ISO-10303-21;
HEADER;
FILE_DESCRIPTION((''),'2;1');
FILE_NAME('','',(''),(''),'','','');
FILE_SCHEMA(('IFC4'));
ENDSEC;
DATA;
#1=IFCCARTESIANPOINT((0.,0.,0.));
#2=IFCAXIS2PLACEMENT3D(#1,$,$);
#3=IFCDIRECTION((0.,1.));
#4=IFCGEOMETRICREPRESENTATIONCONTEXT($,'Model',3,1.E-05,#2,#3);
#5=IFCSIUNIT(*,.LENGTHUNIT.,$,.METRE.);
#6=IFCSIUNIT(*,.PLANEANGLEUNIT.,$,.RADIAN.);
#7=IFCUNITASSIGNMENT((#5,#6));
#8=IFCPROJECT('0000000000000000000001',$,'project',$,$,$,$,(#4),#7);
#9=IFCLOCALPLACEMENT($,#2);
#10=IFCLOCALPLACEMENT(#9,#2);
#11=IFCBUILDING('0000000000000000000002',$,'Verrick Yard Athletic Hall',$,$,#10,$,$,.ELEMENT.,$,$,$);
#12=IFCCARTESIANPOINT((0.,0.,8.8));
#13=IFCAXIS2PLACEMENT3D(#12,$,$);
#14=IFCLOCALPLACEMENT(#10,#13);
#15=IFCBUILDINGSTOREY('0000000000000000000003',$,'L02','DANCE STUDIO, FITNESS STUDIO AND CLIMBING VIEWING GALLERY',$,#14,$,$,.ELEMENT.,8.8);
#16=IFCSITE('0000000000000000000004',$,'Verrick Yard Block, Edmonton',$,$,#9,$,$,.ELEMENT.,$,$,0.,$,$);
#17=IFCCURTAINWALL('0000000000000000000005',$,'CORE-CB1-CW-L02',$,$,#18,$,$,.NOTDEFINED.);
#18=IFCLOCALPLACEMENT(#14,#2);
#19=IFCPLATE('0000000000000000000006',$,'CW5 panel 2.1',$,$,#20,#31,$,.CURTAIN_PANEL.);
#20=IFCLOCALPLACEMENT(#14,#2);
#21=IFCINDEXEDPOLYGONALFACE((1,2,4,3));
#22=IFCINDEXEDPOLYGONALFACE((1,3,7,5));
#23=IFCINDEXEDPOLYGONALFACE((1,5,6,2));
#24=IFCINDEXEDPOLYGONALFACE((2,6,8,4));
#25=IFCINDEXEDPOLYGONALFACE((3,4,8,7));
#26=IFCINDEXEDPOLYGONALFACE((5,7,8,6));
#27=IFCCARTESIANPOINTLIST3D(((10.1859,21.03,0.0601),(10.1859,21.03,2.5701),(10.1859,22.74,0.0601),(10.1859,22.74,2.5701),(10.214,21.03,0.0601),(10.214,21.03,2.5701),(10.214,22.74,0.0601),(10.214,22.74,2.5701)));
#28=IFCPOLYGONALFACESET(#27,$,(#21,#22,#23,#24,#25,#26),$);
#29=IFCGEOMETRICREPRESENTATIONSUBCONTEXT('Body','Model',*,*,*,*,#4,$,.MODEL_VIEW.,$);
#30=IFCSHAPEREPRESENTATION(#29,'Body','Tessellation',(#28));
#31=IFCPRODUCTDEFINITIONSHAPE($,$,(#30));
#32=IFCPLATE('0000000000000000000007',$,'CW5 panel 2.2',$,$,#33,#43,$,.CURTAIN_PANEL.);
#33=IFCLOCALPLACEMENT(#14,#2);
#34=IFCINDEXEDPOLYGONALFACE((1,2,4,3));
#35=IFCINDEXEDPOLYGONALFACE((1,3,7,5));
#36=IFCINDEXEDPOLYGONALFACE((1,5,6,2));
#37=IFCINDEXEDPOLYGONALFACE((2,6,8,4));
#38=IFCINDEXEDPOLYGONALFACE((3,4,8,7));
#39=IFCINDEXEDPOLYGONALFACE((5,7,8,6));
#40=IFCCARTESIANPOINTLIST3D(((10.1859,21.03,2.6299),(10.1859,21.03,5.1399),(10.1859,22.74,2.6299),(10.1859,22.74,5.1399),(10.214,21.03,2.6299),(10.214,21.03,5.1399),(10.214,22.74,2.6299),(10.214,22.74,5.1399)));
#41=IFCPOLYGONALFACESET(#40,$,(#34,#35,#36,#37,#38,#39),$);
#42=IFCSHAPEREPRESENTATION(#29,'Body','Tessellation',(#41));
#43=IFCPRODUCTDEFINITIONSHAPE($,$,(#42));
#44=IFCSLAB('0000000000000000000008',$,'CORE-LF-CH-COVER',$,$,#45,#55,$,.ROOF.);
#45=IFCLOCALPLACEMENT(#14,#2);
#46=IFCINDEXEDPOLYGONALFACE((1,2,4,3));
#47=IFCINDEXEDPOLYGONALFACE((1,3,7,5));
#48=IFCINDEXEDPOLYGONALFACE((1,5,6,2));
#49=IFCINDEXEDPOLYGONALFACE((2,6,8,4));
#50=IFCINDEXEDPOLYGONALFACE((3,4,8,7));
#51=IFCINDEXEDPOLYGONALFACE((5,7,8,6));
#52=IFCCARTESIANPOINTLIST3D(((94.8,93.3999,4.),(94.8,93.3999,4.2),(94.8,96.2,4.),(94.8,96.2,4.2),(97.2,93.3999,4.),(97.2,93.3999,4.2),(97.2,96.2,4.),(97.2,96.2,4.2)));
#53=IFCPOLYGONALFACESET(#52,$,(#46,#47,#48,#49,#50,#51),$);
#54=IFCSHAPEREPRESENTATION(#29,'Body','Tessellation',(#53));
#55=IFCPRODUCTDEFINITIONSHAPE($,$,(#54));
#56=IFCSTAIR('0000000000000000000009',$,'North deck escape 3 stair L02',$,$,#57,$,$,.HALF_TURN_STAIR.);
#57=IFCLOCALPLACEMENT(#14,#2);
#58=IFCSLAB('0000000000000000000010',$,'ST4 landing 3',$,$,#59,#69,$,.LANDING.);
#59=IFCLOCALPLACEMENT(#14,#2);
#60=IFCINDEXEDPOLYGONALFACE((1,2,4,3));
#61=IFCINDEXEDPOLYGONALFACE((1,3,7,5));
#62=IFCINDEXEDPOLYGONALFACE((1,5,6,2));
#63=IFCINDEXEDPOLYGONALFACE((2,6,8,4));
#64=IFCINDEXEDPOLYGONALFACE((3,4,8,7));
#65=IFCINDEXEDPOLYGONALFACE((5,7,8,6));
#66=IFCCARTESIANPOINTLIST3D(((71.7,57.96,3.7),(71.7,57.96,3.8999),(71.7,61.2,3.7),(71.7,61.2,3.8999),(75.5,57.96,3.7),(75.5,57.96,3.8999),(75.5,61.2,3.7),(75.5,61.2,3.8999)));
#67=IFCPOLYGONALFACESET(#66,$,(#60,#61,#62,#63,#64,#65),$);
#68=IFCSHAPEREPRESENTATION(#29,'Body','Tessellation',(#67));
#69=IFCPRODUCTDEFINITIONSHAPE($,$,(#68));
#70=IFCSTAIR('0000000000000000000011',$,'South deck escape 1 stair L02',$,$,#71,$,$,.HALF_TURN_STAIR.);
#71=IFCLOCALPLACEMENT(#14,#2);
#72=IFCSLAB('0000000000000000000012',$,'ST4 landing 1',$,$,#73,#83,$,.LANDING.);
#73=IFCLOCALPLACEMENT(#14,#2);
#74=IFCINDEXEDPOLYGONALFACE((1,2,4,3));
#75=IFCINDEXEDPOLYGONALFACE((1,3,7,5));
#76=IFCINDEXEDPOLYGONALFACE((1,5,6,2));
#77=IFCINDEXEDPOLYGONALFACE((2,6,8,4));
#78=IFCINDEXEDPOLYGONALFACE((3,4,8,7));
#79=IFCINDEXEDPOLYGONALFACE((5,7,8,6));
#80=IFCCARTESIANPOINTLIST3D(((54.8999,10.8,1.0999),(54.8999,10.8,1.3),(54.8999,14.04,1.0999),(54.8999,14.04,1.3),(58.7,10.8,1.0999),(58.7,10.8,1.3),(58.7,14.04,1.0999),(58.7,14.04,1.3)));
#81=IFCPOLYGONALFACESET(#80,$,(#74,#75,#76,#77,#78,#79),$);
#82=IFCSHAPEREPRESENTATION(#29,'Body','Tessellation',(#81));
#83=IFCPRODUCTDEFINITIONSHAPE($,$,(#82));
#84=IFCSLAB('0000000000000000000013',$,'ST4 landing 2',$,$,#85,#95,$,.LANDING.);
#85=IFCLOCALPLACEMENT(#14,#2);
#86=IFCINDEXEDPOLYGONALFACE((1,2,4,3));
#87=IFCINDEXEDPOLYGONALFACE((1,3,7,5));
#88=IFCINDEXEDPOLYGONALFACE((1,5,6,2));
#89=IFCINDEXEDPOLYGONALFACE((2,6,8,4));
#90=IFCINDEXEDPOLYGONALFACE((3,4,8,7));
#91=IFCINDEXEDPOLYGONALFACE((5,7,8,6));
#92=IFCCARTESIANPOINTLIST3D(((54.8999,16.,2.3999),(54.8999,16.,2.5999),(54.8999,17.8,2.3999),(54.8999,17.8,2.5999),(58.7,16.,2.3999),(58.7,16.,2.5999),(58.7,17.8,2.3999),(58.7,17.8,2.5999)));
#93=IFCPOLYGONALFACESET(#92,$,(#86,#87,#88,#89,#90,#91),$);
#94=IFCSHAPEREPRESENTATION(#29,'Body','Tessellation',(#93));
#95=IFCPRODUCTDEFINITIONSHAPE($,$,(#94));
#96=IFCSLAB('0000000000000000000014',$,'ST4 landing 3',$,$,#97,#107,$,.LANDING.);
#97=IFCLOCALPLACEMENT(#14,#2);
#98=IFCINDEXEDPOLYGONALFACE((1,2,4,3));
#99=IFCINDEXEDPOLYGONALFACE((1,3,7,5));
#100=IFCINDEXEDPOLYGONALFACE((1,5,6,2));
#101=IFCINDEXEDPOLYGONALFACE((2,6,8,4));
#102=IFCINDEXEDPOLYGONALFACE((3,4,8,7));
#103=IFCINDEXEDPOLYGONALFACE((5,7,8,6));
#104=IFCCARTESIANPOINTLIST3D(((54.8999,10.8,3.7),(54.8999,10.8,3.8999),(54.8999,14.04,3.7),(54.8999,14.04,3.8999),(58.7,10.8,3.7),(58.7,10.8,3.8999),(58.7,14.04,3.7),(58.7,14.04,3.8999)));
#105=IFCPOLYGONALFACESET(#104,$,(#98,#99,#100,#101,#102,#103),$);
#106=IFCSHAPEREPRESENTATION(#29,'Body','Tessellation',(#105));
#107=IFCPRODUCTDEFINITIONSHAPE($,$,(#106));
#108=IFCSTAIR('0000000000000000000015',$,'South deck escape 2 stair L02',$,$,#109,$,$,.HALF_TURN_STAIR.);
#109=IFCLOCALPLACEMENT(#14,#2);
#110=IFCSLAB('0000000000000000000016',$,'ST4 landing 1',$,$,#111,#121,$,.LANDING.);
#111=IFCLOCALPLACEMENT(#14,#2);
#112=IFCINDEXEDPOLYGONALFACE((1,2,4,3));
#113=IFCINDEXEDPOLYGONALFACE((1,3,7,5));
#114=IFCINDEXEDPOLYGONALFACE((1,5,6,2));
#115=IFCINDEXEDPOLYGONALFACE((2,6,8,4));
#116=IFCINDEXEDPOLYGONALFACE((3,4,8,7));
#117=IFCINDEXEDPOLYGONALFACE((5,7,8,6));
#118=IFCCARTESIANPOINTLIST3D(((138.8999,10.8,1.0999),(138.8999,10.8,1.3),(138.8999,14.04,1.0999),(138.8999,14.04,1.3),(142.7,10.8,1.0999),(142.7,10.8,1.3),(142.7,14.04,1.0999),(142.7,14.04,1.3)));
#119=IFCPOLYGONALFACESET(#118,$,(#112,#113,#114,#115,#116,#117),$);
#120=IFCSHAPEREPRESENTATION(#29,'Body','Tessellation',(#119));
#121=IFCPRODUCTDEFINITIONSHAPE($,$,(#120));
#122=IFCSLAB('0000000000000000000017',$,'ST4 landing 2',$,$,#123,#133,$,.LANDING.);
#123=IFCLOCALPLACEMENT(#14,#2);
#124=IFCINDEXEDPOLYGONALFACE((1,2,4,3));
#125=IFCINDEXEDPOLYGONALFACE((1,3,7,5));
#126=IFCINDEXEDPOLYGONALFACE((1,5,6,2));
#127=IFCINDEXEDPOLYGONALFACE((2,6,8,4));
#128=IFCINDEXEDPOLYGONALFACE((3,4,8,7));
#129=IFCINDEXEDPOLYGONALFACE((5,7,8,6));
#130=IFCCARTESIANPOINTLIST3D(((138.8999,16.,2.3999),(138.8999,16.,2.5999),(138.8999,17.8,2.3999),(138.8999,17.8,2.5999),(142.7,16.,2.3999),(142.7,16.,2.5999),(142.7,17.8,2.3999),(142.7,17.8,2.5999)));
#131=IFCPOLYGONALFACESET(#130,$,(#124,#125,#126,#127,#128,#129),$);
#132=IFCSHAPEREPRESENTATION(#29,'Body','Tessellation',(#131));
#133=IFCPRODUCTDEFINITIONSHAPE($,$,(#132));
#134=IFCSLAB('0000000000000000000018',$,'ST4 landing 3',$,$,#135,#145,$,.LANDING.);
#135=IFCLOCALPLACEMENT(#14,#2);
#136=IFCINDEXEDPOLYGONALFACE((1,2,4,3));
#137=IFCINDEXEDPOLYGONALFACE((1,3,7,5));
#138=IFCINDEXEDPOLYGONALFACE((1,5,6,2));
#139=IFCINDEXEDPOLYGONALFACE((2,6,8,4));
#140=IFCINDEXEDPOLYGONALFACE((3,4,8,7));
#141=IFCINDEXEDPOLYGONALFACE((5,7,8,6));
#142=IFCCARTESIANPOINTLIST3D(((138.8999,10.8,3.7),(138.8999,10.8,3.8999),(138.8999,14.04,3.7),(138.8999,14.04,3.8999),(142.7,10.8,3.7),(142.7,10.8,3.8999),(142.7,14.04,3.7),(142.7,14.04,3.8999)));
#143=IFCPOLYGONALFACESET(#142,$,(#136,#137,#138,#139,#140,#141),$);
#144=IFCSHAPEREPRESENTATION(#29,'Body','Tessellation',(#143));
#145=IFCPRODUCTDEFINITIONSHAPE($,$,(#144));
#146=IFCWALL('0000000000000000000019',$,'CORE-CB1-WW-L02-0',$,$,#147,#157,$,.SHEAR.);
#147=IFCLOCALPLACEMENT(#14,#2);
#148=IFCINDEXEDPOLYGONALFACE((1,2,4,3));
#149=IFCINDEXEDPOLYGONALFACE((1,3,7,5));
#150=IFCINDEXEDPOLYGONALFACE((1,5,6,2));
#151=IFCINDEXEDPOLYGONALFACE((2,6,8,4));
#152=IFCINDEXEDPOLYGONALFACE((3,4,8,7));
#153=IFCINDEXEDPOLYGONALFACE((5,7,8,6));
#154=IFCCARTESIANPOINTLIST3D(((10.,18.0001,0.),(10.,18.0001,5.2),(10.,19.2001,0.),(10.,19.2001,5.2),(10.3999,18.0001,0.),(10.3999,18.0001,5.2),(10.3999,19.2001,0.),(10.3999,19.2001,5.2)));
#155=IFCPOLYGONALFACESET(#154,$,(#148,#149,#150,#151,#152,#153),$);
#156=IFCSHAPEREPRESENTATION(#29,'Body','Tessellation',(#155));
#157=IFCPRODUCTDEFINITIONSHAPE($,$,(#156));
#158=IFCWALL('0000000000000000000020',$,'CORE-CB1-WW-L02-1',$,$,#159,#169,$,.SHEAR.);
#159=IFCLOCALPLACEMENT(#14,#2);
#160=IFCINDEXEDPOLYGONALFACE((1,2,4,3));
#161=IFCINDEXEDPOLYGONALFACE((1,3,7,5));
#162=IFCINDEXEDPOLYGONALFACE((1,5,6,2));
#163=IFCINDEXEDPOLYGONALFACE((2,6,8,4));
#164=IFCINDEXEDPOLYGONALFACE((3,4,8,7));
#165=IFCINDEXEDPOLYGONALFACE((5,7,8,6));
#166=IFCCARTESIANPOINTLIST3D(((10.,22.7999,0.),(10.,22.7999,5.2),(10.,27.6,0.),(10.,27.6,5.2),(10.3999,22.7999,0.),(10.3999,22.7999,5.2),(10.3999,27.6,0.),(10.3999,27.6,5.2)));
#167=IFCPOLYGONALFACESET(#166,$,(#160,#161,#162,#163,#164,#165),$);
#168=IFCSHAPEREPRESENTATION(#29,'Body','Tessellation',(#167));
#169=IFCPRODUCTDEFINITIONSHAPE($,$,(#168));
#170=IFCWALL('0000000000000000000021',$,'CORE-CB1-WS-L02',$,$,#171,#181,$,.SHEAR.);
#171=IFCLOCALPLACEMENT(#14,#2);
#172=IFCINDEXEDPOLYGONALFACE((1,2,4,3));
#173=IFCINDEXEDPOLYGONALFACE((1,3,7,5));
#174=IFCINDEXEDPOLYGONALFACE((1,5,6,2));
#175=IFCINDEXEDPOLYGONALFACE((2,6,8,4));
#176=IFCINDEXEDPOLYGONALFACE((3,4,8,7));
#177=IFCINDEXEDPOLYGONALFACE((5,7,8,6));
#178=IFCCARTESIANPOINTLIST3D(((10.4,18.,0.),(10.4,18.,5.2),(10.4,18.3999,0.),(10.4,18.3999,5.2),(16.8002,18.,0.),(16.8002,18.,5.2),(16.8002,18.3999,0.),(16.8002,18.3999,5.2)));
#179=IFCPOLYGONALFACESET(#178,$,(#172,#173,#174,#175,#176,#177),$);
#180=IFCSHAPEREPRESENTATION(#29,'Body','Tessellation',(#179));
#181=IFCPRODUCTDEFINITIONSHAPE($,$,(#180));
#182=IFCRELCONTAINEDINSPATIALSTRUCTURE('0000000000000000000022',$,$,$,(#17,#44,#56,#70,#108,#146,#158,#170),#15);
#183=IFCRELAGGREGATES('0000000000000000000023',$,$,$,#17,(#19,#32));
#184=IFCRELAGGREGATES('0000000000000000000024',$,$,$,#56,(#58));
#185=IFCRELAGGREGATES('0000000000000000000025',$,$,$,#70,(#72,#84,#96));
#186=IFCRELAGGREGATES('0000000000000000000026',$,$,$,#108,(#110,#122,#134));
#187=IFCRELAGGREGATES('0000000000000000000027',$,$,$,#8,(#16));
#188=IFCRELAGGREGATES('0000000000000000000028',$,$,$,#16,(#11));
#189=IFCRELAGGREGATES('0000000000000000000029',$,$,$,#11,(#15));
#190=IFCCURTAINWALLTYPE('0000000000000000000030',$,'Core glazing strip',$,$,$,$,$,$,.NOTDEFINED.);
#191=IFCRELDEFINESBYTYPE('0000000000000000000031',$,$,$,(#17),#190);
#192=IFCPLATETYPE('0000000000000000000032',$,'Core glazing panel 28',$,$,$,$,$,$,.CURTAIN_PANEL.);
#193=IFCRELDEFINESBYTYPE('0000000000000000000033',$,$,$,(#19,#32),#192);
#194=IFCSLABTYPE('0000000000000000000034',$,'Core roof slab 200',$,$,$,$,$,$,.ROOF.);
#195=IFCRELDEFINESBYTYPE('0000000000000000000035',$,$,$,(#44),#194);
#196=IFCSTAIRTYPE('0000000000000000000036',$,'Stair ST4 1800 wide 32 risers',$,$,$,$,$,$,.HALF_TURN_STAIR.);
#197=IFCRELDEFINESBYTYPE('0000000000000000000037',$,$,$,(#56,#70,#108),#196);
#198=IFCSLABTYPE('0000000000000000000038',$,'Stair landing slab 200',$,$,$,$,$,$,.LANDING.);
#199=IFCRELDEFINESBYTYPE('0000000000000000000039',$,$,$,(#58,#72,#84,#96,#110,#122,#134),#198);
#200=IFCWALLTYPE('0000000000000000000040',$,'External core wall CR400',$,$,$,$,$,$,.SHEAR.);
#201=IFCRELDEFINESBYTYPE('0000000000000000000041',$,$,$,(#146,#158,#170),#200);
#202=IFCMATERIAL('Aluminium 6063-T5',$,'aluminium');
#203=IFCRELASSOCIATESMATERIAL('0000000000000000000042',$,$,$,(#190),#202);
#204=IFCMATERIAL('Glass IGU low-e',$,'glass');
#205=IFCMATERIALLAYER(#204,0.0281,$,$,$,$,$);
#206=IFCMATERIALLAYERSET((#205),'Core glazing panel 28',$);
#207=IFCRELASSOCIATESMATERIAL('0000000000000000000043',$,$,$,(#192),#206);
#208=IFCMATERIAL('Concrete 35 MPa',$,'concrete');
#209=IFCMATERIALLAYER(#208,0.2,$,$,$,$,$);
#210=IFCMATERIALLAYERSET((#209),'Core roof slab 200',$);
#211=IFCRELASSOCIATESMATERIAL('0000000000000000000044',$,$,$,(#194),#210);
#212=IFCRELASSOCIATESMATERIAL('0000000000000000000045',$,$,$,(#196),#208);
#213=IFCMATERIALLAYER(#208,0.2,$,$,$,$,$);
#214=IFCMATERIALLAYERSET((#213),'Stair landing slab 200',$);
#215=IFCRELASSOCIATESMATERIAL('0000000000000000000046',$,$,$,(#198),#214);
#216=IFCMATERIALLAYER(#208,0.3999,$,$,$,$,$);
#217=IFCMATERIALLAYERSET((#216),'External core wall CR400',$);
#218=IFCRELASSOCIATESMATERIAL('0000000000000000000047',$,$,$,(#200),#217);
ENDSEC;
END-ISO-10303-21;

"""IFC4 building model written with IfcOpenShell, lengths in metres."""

from ifc_helpers import new_model, si_unit, direction, frame, frame_2d, origin, origin_2d, place, context, subcontext, project, spatial, polyline, rectangle, outline, extrude, material, layer, layer_set, type_object, element, aggregate, save


model = new_model("IFC4")

# Units and contexts
model_context = context("Model", 3, precision=1e-05, world=origin(), true_north=direction((0.0, 1.0)))
body_context = subcontext(model_context, "Body", "Model", "MODEL_VIEW")
ifc_project = project(units=[si_unit("LENGTHUNIT", "METRE"), si_unit("PLANEANGLEUNIT", "RADIAN")], contexts=[model_context])

# Site, building, storey
site_placement = place(None, origin())
site = spatial("IfcSite", under=ifc_project, at=site_placement, Name="Verrick Yard Block, Edmonton", CompositionType="ELEMENT", RefElevation=0.0)
building_placement = place(site_placement, origin())
building = spatial("IfcBuilding", under=site, at=building_placement, Name="Verrick Yard Athletic Hall", CompositionType="ELEMENT")
storey_placement = place(building_placement, frame((0.0, 0.0, 8.8)))
storey = spatial("IfcBuildingStorey", under=building, at=storey_placement, Name="L02", Description="DANCE STUDIO, FITNESS STUDIO AND CLIMBING VIEWING GALLERY", CompositionType="ELEMENT", Elevation=8.8)

# Curtain wall
ifc_material_1 = material(Name="Aluminium 6063-T5", Category="aluminium")
curtain_wall_type = type_object("IfcCurtainWallType", Name="Core glazing strip", PredefinedType="NOTDEFINED", material=ifc_material_1)
curtain_wall_placement = place(storey_placement, origin())
curtain_wall = element("IfcCurtainWall", 1, at=curtain_wall_placement, inside=storey, type_object=curtain_wall_type, Name="CORE-CB1-CW-L02", PredefinedType="NOTDEFINED")

# Shared definitions
ifc_material_2 = material(Name="Concrete 35 MPa", Category="concrete")

# Plates
ifc_material_3 = material(Name="Glass IGU low-e", Category="glass")
ifc_layer_1 = layer(ifc_material_3, 0.0281)
ifc_layer_set_1 = layer_set([ifc_layer_1], Name="Core glazing panel 28")
plate_type = type_object("IfcPlateType", Name="Core glazing panel 28", PredefinedType="CURTAIN_PANEL", material=ifc_layer_set_1)
plate_1_placement = place(storey_placement, frame((10.2, 21.885, 0.0601), z_axis=(0.0, 0.0, 1.0), x_axis=(0.0, 1.0, 0.0)))
plate_1 = element("IfcPlate", 2, at=plate_1_placement, type_object=plate_type, Name="CW5 panel 2.1", PredefinedType="CURTAIN_PANEL", context=body_context, shape_type="SweptSolid", body=[
    extrude(rectangle(XDim=1.71, YDim=0.0281, at=origin_2d()), origin(), (0.0, 0.0, 1.0), 2.51),
])
plate_2_placement = place(storey_placement, frame((10.2, 21.885, 2.6299), z_axis=(0.0, 0.0, 1.0), x_axis=(0.0, 1.0, 0.0)))
plate_2 = element("IfcPlate", 3, at=plate_2_placement, type_object=plate_type, Name="CW5 panel 2.2", PredefinedType="CURTAIN_PANEL", context=body_context, shape_type="SweptSolid", body=[
    extrude(rectangle(XDim=1.71, YDim=0.0281, at=origin_2d()), origin(), (0.0, 0.0, 1.0), 2.51),
])
aggregate(curtain_wall, [plate_1, plate_2])

# Slab
ifc_layer_2 = layer(ifc_material_2, 0.2)
ifc_layer_set_2 = layer_set([ifc_layer_2], Name="Core roof slab 200")
slab_type_1 = type_object("IfcSlabType", Name="Core roof slab 200", PredefinedType="ROOF", material=ifc_layer_set_2)
slab_1_placement = place(storey_placement, frame((0.0, 0.0, 4.0)))
element("IfcSlab", 4, at=slab_1_placement, inside=storey, type_object=slab_type_1, Name="CORE-LF-CH-COVER", PredefinedType="ROOF", context=body_context, shape_type="SweptSolid", body=[
    extrude(outline(polyline([(94.8, 93.3999), (97.2, 93.3999), (97.2, 96.2), (94.8, 96.2), (94.8, 93.3999)])), origin(), (0.0, 0.0, 1.0), 0.2),
])

# Stair, slab
stair_type = type_object("IfcStairType", Name="Stair ST4 1800 wide 32 risers", PredefinedType="HALF_TURN_STAIR", material=ifc_material_2)
stair_1_placement = place(storey_placement, origin())
stair_1 = element("IfcStair", 5, at=stair_1_placement, inside=storey, type_object=stair_type, Name="North deck escape 3 stair L02", PredefinedType="HALF_TURN_STAIR")
ifc_layer_3 = layer(ifc_material_2, 0.2)
ifc_layer_set_3 = layer_set([ifc_layer_3], Name="Stair landing slab 200")
slab_type_2 = type_object("IfcSlabType", Name="Stair landing slab 200", PredefinedType="LANDING", material=ifc_layer_set_3)
slab_2_placement = place(storey_placement, frame((0.0, 0.0, 3.7)))
slab_2 = element("IfcSlab", 6, at=slab_2_placement, type_object=slab_type_2, Name="ST4 landing 3", PredefinedType="LANDING", context=body_context, shape_type="SweptSolid", body=[
    extrude(outline(polyline([(75.5, 57.96), (75.5, 61.2), (71.7, 61.2), (71.7, 57.96), (75.5, 57.96)])), origin(), (0.0, 0.0, 1.0), 0.2),
])
aggregate(stair_1, [slab_2])

# Stairs, slabs
stair_2_placement = place(storey_placement, origin())
stair_2 = element("IfcStair", 7, at=stair_2_placement, inside=storey, type_object=stair_type, Name="South deck escape 1 stair L02", PredefinedType="HALF_TURN_STAIR")
slab_3_placement = place(storey_placement, frame((0.0, 0.0, 1.0999)))
slab_3 = element("IfcSlab", 8, at=slab_3_placement, type_object=slab_type_2, Name="ST4 landing 1", PredefinedType="LANDING", context=body_context, shape_type="SweptSolid", body=[
    extrude(outline(polyline([(54.8999, 14.04), (54.8999, 10.8), (58.7, 10.8), (58.7, 14.04), (54.8999, 14.04)])), origin(), (0.0, 0.0, 1.0), 0.2002),
])
slab_4_placement = place(storey_placement, frame((0.0, 0.0, 2.3999)))
slab_4 = element("IfcSlab", 9, at=slab_4_placement, type_object=slab_type_2, Name="ST4 landing 2", PredefinedType="LANDING", context=body_context, shape_type="SweptSolid", body=[
    extrude(outline(polyline([(54.8999, 17.8), (54.8999, 16.0), (58.7, 16.0), (58.7, 17.8), (54.8999, 17.8)])), origin(), (0.0, 0.0, 1.0), 0.2),
])
slab_5_placement = place(storey_placement, frame((0.0, 0.0, 3.7)))
slab_5 = element("IfcSlab", 10, at=slab_5_placement, type_object=slab_type_2, Name="ST4 landing 3", PredefinedType="LANDING", context=body_context, shape_type="SweptSolid", body=[
    extrude(outline(polyline([(54.8999, 14.04), (54.8999, 10.8), (58.7, 10.8), (58.7, 14.04), (54.8999, 14.04)])), origin(), (0.0, 0.0, 1.0), 0.2),
])
aggregate(stair_2, [slab_3, slab_4, slab_5])
stair_3_placement = place(storey_placement, origin())
stair_3 = element("IfcStair", 11, at=stair_3_placement, inside=storey, type_object=stair_type, Name="South deck escape 2 stair L02", PredefinedType="HALF_TURN_STAIR")
slab_6_placement = place(storey_placement, frame((0.0, 0.0, 1.0999)))
slab_6 = element("IfcSlab", 12, at=slab_6_placement, type_object=slab_type_2, Name="ST4 landing 1", PredefinedType="LANDING", context=body_context, shape_type="SweptSolid", body=[
    extrude(outline(polyline([(138.8999, 14.04), (138.8999, 10.8), (142.7, 10.8), (142.7, 14.04), (138.8999, 14.04)])), origin(), (0.0, 0.0, 1.0), 0.2002),
])
slab_7_placement = place(storey_placement, frame((0.0, 0.0, 2.3999)))
slab_7 = element("IfcSlab", 13, at=slab_7_placement, type_object=slab_type_2, Name="ST4 landing 2", PredefinedType="LANDING", context=body_context, shape_type="SweptSolid", body=[
    extrude(outline(polyline([(138.8999, 17.8), (138.8999, 16.0), (142.7, 16.0), (142.7, 17.8), (138.8999, 17.8)])), origin(), (0.0, 0.0, 1.0), 0.2),
])
slab_8_placement = place(storey_placement, frame((0.0, 0.0, 3.7)))
slab_8 = element("IfcSlab", 14, at=slab_8_placement, type_object=slab_type_2, Name="ST4 landing 3", PredefinedType="LANDING", context=body_context, shape_type="SweptSolid", body=[
    extrude(outline(polyline([(138.8999, 14.04), (138.8999, 10.8), (142.7, 10.8), (142.7, 14.04), (138.8999, 14.04)])), origin(), (0.0, 0.0, 1.0), 0.2),
])
aggregate(stair_3, [slab_6, slab_7, slab_8])

# Walls
ifc_layer_4 = layer(ifc_material_2, 0.3999)
ifc_layer_set_4 = layer_set([ifc_layer_4], Name="External core wall CR400")
wall_type = type_object("IfcWallType", Name="External core wall CR400", PredefinedType="SHEAR", material=ifc_layer_set_4)
wall_1_placement = place(storey_placement, frame((10.2, 18.0, 0.0), z_axis=(0.0, 0.0, 1.0), x_axis=(0.0, 1.0, 0.0)))
element("IfcWall", 15, at=wall_1_placement, inside=storey, type_object=wall_type, Name="CORE-CB1-WW-L02-0", PredefinedType="SHEAR", context=body_context, shape_type="SweptSolid", body=[
    extrude(rectangle(XDim=1.2, YDim=0.3999, at=frame_2d((0.6001, 0.0))), origin(), (0.0, 0.0, 1.0), 5.2),
])
wall_2_placement = place(storey_placement, frame((10.2, 22.8, 0.0), z_axis=(0.0, 0.0, 1.0), x_axis=(0.0, 1.0, 0.0)))
element("IfcWall", 16, at=wall_2_placement, inside=storey, type_object=wall_type, Name="CORE-CB1-WW-L02-1", PredefinedType="SHEAR", context=body_context, shape_type="SweptSolid", body=[
    extrude(rectangle(XDim=4.8, YDim=0.3999, at=frame_2d((2.3999, 0.0))), origin(), (0.0, 0.0, 1.0), 5.2),
])
wall_3_placement = place(storey_placement, frame((10.3999, 18.2, 0.0), z_axis=(0.0, 0.0, 1.0), x_axis=(1.0, 0.0, 0.0)))
element("IfcWall", 17, at=wall_3_placement, inside=storey, type_object=wall_type, Name="CORE-CB1-WS-L02", PredefinedType="SHEAR", context=body_context, shape_type="SweptSolid", body=[
    extrude(rectangle(XDim=6.4001, YDim=0.3999, at=frame_2d((3.2002, 0.0))), origin(), (0.0, 0.0, 1.0), 5.2),
])

save(model, "model.ifc")
